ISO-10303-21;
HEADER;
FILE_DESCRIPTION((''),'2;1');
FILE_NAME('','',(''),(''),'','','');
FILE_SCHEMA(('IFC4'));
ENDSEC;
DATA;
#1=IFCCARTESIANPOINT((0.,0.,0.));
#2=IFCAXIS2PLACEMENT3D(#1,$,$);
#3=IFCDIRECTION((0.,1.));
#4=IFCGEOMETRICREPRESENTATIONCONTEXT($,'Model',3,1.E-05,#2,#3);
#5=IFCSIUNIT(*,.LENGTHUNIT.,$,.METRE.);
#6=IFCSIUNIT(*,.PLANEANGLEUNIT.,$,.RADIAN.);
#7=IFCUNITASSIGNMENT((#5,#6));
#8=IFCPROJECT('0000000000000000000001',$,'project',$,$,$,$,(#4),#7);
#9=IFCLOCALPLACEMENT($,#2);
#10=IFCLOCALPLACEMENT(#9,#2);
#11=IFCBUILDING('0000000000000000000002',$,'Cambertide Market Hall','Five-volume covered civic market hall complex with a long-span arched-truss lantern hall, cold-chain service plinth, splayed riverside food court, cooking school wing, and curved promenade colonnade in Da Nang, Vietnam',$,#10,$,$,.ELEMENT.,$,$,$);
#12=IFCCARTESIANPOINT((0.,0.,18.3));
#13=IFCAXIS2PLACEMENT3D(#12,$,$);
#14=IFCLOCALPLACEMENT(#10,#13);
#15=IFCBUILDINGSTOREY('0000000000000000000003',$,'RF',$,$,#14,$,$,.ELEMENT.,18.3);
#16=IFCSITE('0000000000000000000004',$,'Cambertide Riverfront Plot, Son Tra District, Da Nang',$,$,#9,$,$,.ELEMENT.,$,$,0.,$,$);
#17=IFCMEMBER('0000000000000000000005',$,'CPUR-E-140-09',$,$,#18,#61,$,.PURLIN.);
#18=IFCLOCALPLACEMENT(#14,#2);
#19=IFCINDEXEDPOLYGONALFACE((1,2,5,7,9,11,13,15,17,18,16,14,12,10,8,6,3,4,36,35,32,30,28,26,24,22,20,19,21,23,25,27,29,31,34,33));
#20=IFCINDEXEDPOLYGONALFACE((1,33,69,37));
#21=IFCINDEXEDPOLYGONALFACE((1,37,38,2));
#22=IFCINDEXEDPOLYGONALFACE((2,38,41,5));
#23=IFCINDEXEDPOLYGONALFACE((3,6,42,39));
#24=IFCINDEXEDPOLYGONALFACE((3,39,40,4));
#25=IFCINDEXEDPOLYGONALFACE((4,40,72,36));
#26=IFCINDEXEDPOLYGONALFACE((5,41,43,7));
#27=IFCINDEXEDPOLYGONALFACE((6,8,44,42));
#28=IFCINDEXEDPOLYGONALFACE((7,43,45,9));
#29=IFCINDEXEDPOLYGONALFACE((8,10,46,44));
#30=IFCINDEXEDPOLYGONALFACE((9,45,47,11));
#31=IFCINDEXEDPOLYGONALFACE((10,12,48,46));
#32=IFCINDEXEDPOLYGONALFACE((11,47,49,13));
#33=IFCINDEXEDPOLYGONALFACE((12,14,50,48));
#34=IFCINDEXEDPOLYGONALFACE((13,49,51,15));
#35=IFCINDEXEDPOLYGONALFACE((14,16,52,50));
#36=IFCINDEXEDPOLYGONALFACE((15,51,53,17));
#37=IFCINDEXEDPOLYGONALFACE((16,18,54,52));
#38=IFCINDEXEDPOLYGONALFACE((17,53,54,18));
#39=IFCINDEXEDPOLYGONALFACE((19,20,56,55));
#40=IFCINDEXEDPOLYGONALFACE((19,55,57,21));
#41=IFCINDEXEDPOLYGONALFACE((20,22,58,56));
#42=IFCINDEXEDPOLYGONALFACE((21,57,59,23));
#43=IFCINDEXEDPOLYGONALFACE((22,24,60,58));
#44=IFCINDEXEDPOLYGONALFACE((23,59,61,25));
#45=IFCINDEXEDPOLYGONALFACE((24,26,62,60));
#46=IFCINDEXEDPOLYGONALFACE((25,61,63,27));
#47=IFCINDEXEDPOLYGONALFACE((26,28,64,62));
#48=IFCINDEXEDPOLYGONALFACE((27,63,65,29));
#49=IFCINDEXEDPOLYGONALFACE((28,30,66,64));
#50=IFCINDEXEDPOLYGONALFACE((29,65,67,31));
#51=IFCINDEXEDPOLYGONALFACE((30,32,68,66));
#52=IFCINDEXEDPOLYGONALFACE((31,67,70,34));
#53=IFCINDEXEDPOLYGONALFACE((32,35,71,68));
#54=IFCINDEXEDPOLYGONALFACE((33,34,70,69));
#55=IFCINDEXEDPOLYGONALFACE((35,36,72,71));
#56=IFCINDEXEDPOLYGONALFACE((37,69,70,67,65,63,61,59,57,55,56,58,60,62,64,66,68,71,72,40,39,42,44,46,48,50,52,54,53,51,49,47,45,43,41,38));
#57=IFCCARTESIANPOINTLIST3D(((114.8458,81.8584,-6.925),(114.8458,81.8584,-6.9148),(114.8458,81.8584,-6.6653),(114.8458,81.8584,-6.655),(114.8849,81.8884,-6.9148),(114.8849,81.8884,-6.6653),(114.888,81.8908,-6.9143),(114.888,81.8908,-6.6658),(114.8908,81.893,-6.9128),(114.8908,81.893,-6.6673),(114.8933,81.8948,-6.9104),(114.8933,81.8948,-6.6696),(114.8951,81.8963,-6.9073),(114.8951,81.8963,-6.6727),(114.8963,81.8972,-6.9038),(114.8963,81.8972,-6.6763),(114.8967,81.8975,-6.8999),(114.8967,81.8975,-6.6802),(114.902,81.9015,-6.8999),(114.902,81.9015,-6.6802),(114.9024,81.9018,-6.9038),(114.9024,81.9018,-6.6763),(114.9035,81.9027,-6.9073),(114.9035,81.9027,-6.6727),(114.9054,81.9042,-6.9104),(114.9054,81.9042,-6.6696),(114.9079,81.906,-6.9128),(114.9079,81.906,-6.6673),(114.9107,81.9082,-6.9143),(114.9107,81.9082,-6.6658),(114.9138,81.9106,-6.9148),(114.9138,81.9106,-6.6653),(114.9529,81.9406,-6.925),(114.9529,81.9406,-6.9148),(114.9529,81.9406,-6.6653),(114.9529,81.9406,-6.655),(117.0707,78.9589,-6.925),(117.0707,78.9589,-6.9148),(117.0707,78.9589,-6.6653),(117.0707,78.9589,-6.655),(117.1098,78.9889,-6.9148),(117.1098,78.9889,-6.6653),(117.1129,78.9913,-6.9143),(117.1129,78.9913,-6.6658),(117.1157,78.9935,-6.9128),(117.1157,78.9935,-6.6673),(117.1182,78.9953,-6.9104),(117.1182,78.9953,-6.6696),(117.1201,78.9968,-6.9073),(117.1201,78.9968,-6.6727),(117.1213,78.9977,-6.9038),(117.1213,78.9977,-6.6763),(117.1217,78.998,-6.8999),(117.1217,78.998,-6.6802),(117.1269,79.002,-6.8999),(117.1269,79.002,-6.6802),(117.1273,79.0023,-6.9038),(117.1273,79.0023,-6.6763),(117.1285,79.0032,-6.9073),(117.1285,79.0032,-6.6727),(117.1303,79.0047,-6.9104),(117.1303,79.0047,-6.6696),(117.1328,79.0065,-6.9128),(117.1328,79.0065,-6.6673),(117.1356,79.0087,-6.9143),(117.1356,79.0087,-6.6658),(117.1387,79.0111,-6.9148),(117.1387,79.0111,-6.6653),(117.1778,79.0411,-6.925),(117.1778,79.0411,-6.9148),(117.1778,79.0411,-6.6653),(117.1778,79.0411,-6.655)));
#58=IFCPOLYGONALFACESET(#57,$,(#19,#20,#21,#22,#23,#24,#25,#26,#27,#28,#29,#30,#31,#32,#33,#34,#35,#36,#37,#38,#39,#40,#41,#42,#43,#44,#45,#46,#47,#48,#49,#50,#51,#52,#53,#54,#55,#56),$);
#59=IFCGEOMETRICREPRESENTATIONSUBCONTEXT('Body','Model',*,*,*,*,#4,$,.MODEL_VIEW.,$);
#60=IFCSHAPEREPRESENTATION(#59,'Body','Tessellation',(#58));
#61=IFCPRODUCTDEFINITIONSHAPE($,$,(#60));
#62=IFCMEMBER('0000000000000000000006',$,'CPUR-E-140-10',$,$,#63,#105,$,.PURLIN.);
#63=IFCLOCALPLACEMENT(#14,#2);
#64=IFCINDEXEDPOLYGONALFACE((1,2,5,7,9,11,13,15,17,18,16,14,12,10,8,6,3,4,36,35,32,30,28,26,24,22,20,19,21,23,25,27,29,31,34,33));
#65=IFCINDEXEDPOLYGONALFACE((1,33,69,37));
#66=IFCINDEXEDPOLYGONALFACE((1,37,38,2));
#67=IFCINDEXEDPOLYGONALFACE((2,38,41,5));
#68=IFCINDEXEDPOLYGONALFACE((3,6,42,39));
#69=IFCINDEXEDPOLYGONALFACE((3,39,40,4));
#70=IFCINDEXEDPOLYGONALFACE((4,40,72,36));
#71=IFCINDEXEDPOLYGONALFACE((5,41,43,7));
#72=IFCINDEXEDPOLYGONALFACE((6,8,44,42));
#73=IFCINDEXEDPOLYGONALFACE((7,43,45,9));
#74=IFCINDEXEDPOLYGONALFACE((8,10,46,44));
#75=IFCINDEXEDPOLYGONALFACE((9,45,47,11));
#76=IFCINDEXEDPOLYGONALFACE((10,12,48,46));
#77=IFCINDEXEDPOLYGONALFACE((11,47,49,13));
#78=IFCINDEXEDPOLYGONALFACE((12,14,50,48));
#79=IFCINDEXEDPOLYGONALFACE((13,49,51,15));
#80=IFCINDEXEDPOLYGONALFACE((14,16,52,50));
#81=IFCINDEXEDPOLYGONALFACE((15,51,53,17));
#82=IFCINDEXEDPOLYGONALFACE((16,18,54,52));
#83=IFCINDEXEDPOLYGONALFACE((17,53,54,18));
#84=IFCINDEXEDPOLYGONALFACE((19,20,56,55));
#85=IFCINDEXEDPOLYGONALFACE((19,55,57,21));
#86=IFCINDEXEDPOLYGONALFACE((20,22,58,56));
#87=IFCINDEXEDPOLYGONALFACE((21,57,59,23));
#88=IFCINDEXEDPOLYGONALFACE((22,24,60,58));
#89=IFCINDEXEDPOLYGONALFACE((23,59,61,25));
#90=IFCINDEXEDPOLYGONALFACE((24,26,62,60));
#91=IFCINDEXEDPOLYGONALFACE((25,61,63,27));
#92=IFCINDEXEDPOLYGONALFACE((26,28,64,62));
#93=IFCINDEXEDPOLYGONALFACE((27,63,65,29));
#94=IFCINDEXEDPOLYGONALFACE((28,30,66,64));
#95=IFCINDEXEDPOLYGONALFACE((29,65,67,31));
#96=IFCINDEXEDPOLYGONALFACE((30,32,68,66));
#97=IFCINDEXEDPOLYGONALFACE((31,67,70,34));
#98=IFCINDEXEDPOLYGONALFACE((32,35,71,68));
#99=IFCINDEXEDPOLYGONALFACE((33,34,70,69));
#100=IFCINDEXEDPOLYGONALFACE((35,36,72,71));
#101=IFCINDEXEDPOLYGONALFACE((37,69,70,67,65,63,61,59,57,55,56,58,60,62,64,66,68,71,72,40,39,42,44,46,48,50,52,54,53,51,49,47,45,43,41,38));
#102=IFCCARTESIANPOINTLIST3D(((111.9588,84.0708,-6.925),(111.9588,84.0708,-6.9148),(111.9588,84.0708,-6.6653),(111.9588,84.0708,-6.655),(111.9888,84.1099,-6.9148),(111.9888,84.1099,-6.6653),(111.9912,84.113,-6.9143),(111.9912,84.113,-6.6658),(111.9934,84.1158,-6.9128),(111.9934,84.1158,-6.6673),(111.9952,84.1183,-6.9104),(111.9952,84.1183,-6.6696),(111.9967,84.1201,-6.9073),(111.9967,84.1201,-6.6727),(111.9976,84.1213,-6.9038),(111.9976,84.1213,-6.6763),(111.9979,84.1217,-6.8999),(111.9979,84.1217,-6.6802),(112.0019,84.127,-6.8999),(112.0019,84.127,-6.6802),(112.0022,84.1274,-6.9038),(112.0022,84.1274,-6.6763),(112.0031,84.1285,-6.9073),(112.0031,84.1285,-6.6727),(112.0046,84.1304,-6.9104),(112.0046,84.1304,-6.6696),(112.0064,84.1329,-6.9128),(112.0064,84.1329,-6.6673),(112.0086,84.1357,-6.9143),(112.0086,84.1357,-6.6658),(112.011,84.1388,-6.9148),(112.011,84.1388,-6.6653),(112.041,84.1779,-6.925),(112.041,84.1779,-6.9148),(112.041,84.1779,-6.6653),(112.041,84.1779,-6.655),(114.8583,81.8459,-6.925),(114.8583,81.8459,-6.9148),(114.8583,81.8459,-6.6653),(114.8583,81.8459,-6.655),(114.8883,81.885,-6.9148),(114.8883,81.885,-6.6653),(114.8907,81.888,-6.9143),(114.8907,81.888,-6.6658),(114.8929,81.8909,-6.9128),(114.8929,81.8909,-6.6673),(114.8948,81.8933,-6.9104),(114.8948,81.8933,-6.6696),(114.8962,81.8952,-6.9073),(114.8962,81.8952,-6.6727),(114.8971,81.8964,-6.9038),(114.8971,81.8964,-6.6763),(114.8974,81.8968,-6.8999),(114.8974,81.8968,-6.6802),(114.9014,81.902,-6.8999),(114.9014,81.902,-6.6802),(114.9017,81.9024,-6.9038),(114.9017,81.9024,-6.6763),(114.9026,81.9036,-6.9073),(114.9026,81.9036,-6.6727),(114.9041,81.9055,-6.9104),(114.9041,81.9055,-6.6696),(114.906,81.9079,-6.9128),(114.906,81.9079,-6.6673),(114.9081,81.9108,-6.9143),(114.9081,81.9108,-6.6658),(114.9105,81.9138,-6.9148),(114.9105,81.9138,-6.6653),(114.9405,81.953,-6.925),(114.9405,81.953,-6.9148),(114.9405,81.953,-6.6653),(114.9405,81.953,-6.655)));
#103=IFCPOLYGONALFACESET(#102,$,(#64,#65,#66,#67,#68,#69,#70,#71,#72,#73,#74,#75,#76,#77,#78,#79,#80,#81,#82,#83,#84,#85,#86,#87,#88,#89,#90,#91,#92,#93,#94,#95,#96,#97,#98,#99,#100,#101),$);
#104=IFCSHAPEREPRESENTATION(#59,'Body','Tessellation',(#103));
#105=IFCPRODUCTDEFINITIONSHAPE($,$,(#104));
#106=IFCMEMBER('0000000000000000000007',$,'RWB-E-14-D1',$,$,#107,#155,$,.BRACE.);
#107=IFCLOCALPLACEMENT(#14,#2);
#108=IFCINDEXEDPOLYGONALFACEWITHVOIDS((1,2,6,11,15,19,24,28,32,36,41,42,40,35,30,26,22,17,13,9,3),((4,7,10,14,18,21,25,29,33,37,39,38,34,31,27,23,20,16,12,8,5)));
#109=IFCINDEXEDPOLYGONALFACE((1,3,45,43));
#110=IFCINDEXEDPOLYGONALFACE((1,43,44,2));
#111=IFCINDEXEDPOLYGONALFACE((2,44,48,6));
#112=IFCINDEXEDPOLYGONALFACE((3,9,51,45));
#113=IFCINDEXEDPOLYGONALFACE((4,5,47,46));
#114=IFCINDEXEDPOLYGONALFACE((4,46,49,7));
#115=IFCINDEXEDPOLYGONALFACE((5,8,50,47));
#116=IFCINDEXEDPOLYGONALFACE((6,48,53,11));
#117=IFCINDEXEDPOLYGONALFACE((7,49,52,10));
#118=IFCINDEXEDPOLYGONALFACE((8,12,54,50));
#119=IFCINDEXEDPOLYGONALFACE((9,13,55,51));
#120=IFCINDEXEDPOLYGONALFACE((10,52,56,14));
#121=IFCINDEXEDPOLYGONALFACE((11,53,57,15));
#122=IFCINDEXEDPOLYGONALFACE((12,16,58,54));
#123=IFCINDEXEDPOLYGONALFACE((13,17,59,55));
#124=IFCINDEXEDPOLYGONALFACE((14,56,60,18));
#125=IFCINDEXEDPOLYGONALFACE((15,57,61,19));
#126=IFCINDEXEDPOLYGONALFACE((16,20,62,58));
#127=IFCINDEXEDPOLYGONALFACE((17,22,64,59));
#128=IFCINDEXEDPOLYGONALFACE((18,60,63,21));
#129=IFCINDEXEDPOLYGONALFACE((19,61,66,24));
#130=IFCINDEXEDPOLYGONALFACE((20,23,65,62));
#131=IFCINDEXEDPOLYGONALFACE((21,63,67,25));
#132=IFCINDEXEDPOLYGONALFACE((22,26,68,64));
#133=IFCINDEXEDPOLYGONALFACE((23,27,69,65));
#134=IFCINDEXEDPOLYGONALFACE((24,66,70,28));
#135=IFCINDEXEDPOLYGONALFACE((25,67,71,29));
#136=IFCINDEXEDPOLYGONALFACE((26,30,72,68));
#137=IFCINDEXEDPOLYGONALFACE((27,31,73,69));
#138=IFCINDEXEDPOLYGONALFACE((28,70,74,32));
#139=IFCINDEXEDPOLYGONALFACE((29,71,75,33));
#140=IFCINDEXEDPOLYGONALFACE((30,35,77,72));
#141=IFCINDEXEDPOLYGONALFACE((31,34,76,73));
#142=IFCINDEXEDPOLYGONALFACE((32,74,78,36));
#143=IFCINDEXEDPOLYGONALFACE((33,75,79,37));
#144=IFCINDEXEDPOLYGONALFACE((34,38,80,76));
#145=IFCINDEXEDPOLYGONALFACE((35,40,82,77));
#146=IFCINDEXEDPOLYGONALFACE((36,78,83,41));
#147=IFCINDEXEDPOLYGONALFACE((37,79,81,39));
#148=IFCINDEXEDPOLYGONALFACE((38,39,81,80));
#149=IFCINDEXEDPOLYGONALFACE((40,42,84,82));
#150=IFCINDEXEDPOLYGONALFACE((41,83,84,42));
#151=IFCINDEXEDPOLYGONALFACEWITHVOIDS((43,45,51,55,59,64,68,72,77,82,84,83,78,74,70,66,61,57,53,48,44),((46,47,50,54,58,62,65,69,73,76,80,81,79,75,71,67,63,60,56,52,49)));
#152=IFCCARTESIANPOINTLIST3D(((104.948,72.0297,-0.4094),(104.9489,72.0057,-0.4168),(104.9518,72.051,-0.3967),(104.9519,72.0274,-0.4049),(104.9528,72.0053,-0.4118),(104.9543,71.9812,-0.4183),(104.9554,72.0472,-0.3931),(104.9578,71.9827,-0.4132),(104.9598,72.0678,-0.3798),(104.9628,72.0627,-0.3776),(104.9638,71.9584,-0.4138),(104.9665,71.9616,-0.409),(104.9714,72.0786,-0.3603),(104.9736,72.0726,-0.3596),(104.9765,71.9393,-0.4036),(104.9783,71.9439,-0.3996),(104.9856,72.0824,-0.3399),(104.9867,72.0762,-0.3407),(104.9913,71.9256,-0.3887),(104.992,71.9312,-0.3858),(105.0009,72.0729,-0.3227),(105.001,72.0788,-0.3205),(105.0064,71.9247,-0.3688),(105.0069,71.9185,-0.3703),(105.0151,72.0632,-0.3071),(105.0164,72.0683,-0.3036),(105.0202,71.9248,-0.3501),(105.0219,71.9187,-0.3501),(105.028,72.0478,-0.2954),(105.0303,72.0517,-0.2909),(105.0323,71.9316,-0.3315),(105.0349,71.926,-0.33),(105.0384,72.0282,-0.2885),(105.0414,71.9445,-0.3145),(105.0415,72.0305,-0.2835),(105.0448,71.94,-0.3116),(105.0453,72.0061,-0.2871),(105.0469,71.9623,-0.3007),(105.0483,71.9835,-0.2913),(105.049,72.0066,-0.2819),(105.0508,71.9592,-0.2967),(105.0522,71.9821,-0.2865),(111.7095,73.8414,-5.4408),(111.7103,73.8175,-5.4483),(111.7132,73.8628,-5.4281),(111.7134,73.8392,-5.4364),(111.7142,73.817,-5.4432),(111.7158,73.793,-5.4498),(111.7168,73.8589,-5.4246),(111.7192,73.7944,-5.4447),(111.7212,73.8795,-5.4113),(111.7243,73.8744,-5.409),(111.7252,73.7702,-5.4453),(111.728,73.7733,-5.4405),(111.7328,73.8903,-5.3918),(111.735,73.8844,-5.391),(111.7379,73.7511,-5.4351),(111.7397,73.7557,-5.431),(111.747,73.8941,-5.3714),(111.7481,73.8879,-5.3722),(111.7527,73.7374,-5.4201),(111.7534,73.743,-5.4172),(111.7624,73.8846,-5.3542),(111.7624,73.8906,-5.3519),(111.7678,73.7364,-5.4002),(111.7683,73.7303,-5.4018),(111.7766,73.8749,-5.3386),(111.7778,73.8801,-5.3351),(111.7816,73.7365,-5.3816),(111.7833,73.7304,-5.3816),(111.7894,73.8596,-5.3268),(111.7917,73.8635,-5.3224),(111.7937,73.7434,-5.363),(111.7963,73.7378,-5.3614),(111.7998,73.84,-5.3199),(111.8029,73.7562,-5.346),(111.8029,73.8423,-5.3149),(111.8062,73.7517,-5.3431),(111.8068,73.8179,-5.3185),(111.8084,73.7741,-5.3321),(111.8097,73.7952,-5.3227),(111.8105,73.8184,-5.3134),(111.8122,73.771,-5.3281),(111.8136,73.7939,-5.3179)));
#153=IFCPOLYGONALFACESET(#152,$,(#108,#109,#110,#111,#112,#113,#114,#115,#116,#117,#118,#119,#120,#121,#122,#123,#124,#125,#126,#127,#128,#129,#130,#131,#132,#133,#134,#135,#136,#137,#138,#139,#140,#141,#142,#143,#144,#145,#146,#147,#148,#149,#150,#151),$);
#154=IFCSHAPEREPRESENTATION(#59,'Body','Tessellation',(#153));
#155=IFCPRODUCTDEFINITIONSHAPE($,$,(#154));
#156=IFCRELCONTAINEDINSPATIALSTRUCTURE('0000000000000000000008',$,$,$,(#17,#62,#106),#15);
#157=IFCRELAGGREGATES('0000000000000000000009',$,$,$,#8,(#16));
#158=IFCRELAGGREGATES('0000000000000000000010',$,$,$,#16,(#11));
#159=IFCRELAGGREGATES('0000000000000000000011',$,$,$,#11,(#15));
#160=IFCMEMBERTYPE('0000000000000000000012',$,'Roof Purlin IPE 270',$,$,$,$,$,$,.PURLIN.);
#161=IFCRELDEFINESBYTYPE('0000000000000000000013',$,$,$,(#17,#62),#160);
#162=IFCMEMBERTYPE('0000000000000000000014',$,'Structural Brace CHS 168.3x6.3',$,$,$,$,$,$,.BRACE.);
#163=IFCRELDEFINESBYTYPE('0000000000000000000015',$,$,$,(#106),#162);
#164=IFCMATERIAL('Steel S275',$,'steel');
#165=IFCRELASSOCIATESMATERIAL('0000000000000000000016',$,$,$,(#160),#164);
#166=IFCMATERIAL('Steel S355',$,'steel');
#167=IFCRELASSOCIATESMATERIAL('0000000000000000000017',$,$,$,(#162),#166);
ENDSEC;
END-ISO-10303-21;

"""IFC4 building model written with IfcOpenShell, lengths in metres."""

from ifc_helpers import new_model, si_unit, direction, frame, origin, origin_2d, place, context, subcontext, project, spatial, hollow_circle, i_section, extrude, material, material_profile, profile_set, type_object, element, save


model = new_model("IFC4")

# Units and contexts
model_context = context("Model", 3, precision=1e-05, world=origin(), true_north=direction((0.0, 1.0)))
body_context = subcontext(model_context, "Body", "Model", "MODEL_VIEW")
ifc_project = project(units=[si_unit("LENGTHUNIT", "METRE"), si_unit("PLANEANGLEUNIT", "RADIAN")], contexts=[model_context])

# Site, building, storey
site_placement = place(None, origin())
site = spatial("IfcSite", under=ifc_project, at=site_placement, Name="Cambertide Riverfront Plot, Son Tra District, Da Nang", CompositionType="ELEMENT", RefElevation=0.0)
building_placement = place(site_placement, origin())
building = spatial("IfcBuilding", under=site, at=building_placement, Name="Cambertide Market Hall", Description="Five-volume covered civic market hall complex with a long-span arched-truss lantern hall, cold-chain service plinth, splayed riverside food court, cooking school wing, and curved promenade colonnade in Da Nang, Vietnam", CompositionType="ELEMENT")
storey_placement = place(building_placement, frame((0.0, 0.0, 18.3)))
storey = spatial("IfcBuildingStorey", under=building, at=storey_placement, Name="RF", CompositionType="ELEMENT", Elevation=18.3)

# Members
ifc_material_1 = material(Name="Steel S275", Category="steel")
ifc_material_profile_1 = material_profile(ifc_material_1, i_section(OverallWidth=0.135, OverallDepth=0.27, WebThickness=0.0066, FlangeThickness=0.0103, FilletRadius=0.0149, at=origin_2d()), Name="IPE 270")
ifc_profile_set_1 = profile_set([ifc_material_profile_1], Name="Steel S275")
member_type_1 = type_object("IfcMemberType", Name="Roof Purlin IPE 270", PredefinedType="PURLIN", material=ifc_profile_set_1)
for number, where, z_axis, x_axis, name in (
    (1, (117.1243, 79.0, -6.79), (-0.608771, 0.793346, 0.0), (-0.793346, -0.608771, 0.0), "CPUR-E-140-09"),
    (2, (114.8994, 81.8994, -6.79), (-0.793346, 0.608771, 0.0), (-0.608771, -0.793346, 0.0), "CPUR-E-140-10"),
):
    element("IfcMember", number, at=place(storey_placement, frame(where, z_axis=z_axis, x_axis=x_axis)), inside=storey, type_object=member_type_1, Name=name, PredefinedType="PURLIN", context=body_context, shape_type="SweptSolid", body=[
        extrude(i_section(OverallWidth=0.135, OverallDepth=0.27, WebThickness=0.0066, FlangeThickness=0.0103, FilletRadius=0.0149, at=origin_2d()), origin(), (0.0, 0.0, 1.0), 3.6548),
    ])
ifc_material_2 = material(Name="Steel S355", Category="steel")
ifc_material_profile_2 = material_profile(ifc_material_2, hollow_circle(Radius=0.0842, WallThickness=0.0063, at=origin_2d()), Name="CHS 168.3x6.3")
ifc_profile_set_2 = profile_set([ifc_material_profile_2], Name="Steel S355")
member_type_2 = type_object("IfcMemberType", Name="Structural Brace CHS 168.3x6.3", PredefinedType="BRACE", material=ifc_profile_set_2)
member_1_placement = place(storey_placement, frame((111.7615, 73.8118, -5.3816), z_axis=(-0.784333, -0.210165, 0.583655), x_axis=(0.258824, -0.965925, 0.0)))
element("IfcMember", 3, at=member_1_placement, inside=storey, type_object=member_type_2, Name="RWB-E-14-D1", PredefinedType="BRACE", context=body_context, shape_type="SweptSolid", body=[
    extrude(hollow_circle(Radius=0.0842, WallThickness=0.0063, at=origin_2d()), origin(), (0.0, 0.0, 1.0), 8.6206),
])

save(model, "model.ifc")
